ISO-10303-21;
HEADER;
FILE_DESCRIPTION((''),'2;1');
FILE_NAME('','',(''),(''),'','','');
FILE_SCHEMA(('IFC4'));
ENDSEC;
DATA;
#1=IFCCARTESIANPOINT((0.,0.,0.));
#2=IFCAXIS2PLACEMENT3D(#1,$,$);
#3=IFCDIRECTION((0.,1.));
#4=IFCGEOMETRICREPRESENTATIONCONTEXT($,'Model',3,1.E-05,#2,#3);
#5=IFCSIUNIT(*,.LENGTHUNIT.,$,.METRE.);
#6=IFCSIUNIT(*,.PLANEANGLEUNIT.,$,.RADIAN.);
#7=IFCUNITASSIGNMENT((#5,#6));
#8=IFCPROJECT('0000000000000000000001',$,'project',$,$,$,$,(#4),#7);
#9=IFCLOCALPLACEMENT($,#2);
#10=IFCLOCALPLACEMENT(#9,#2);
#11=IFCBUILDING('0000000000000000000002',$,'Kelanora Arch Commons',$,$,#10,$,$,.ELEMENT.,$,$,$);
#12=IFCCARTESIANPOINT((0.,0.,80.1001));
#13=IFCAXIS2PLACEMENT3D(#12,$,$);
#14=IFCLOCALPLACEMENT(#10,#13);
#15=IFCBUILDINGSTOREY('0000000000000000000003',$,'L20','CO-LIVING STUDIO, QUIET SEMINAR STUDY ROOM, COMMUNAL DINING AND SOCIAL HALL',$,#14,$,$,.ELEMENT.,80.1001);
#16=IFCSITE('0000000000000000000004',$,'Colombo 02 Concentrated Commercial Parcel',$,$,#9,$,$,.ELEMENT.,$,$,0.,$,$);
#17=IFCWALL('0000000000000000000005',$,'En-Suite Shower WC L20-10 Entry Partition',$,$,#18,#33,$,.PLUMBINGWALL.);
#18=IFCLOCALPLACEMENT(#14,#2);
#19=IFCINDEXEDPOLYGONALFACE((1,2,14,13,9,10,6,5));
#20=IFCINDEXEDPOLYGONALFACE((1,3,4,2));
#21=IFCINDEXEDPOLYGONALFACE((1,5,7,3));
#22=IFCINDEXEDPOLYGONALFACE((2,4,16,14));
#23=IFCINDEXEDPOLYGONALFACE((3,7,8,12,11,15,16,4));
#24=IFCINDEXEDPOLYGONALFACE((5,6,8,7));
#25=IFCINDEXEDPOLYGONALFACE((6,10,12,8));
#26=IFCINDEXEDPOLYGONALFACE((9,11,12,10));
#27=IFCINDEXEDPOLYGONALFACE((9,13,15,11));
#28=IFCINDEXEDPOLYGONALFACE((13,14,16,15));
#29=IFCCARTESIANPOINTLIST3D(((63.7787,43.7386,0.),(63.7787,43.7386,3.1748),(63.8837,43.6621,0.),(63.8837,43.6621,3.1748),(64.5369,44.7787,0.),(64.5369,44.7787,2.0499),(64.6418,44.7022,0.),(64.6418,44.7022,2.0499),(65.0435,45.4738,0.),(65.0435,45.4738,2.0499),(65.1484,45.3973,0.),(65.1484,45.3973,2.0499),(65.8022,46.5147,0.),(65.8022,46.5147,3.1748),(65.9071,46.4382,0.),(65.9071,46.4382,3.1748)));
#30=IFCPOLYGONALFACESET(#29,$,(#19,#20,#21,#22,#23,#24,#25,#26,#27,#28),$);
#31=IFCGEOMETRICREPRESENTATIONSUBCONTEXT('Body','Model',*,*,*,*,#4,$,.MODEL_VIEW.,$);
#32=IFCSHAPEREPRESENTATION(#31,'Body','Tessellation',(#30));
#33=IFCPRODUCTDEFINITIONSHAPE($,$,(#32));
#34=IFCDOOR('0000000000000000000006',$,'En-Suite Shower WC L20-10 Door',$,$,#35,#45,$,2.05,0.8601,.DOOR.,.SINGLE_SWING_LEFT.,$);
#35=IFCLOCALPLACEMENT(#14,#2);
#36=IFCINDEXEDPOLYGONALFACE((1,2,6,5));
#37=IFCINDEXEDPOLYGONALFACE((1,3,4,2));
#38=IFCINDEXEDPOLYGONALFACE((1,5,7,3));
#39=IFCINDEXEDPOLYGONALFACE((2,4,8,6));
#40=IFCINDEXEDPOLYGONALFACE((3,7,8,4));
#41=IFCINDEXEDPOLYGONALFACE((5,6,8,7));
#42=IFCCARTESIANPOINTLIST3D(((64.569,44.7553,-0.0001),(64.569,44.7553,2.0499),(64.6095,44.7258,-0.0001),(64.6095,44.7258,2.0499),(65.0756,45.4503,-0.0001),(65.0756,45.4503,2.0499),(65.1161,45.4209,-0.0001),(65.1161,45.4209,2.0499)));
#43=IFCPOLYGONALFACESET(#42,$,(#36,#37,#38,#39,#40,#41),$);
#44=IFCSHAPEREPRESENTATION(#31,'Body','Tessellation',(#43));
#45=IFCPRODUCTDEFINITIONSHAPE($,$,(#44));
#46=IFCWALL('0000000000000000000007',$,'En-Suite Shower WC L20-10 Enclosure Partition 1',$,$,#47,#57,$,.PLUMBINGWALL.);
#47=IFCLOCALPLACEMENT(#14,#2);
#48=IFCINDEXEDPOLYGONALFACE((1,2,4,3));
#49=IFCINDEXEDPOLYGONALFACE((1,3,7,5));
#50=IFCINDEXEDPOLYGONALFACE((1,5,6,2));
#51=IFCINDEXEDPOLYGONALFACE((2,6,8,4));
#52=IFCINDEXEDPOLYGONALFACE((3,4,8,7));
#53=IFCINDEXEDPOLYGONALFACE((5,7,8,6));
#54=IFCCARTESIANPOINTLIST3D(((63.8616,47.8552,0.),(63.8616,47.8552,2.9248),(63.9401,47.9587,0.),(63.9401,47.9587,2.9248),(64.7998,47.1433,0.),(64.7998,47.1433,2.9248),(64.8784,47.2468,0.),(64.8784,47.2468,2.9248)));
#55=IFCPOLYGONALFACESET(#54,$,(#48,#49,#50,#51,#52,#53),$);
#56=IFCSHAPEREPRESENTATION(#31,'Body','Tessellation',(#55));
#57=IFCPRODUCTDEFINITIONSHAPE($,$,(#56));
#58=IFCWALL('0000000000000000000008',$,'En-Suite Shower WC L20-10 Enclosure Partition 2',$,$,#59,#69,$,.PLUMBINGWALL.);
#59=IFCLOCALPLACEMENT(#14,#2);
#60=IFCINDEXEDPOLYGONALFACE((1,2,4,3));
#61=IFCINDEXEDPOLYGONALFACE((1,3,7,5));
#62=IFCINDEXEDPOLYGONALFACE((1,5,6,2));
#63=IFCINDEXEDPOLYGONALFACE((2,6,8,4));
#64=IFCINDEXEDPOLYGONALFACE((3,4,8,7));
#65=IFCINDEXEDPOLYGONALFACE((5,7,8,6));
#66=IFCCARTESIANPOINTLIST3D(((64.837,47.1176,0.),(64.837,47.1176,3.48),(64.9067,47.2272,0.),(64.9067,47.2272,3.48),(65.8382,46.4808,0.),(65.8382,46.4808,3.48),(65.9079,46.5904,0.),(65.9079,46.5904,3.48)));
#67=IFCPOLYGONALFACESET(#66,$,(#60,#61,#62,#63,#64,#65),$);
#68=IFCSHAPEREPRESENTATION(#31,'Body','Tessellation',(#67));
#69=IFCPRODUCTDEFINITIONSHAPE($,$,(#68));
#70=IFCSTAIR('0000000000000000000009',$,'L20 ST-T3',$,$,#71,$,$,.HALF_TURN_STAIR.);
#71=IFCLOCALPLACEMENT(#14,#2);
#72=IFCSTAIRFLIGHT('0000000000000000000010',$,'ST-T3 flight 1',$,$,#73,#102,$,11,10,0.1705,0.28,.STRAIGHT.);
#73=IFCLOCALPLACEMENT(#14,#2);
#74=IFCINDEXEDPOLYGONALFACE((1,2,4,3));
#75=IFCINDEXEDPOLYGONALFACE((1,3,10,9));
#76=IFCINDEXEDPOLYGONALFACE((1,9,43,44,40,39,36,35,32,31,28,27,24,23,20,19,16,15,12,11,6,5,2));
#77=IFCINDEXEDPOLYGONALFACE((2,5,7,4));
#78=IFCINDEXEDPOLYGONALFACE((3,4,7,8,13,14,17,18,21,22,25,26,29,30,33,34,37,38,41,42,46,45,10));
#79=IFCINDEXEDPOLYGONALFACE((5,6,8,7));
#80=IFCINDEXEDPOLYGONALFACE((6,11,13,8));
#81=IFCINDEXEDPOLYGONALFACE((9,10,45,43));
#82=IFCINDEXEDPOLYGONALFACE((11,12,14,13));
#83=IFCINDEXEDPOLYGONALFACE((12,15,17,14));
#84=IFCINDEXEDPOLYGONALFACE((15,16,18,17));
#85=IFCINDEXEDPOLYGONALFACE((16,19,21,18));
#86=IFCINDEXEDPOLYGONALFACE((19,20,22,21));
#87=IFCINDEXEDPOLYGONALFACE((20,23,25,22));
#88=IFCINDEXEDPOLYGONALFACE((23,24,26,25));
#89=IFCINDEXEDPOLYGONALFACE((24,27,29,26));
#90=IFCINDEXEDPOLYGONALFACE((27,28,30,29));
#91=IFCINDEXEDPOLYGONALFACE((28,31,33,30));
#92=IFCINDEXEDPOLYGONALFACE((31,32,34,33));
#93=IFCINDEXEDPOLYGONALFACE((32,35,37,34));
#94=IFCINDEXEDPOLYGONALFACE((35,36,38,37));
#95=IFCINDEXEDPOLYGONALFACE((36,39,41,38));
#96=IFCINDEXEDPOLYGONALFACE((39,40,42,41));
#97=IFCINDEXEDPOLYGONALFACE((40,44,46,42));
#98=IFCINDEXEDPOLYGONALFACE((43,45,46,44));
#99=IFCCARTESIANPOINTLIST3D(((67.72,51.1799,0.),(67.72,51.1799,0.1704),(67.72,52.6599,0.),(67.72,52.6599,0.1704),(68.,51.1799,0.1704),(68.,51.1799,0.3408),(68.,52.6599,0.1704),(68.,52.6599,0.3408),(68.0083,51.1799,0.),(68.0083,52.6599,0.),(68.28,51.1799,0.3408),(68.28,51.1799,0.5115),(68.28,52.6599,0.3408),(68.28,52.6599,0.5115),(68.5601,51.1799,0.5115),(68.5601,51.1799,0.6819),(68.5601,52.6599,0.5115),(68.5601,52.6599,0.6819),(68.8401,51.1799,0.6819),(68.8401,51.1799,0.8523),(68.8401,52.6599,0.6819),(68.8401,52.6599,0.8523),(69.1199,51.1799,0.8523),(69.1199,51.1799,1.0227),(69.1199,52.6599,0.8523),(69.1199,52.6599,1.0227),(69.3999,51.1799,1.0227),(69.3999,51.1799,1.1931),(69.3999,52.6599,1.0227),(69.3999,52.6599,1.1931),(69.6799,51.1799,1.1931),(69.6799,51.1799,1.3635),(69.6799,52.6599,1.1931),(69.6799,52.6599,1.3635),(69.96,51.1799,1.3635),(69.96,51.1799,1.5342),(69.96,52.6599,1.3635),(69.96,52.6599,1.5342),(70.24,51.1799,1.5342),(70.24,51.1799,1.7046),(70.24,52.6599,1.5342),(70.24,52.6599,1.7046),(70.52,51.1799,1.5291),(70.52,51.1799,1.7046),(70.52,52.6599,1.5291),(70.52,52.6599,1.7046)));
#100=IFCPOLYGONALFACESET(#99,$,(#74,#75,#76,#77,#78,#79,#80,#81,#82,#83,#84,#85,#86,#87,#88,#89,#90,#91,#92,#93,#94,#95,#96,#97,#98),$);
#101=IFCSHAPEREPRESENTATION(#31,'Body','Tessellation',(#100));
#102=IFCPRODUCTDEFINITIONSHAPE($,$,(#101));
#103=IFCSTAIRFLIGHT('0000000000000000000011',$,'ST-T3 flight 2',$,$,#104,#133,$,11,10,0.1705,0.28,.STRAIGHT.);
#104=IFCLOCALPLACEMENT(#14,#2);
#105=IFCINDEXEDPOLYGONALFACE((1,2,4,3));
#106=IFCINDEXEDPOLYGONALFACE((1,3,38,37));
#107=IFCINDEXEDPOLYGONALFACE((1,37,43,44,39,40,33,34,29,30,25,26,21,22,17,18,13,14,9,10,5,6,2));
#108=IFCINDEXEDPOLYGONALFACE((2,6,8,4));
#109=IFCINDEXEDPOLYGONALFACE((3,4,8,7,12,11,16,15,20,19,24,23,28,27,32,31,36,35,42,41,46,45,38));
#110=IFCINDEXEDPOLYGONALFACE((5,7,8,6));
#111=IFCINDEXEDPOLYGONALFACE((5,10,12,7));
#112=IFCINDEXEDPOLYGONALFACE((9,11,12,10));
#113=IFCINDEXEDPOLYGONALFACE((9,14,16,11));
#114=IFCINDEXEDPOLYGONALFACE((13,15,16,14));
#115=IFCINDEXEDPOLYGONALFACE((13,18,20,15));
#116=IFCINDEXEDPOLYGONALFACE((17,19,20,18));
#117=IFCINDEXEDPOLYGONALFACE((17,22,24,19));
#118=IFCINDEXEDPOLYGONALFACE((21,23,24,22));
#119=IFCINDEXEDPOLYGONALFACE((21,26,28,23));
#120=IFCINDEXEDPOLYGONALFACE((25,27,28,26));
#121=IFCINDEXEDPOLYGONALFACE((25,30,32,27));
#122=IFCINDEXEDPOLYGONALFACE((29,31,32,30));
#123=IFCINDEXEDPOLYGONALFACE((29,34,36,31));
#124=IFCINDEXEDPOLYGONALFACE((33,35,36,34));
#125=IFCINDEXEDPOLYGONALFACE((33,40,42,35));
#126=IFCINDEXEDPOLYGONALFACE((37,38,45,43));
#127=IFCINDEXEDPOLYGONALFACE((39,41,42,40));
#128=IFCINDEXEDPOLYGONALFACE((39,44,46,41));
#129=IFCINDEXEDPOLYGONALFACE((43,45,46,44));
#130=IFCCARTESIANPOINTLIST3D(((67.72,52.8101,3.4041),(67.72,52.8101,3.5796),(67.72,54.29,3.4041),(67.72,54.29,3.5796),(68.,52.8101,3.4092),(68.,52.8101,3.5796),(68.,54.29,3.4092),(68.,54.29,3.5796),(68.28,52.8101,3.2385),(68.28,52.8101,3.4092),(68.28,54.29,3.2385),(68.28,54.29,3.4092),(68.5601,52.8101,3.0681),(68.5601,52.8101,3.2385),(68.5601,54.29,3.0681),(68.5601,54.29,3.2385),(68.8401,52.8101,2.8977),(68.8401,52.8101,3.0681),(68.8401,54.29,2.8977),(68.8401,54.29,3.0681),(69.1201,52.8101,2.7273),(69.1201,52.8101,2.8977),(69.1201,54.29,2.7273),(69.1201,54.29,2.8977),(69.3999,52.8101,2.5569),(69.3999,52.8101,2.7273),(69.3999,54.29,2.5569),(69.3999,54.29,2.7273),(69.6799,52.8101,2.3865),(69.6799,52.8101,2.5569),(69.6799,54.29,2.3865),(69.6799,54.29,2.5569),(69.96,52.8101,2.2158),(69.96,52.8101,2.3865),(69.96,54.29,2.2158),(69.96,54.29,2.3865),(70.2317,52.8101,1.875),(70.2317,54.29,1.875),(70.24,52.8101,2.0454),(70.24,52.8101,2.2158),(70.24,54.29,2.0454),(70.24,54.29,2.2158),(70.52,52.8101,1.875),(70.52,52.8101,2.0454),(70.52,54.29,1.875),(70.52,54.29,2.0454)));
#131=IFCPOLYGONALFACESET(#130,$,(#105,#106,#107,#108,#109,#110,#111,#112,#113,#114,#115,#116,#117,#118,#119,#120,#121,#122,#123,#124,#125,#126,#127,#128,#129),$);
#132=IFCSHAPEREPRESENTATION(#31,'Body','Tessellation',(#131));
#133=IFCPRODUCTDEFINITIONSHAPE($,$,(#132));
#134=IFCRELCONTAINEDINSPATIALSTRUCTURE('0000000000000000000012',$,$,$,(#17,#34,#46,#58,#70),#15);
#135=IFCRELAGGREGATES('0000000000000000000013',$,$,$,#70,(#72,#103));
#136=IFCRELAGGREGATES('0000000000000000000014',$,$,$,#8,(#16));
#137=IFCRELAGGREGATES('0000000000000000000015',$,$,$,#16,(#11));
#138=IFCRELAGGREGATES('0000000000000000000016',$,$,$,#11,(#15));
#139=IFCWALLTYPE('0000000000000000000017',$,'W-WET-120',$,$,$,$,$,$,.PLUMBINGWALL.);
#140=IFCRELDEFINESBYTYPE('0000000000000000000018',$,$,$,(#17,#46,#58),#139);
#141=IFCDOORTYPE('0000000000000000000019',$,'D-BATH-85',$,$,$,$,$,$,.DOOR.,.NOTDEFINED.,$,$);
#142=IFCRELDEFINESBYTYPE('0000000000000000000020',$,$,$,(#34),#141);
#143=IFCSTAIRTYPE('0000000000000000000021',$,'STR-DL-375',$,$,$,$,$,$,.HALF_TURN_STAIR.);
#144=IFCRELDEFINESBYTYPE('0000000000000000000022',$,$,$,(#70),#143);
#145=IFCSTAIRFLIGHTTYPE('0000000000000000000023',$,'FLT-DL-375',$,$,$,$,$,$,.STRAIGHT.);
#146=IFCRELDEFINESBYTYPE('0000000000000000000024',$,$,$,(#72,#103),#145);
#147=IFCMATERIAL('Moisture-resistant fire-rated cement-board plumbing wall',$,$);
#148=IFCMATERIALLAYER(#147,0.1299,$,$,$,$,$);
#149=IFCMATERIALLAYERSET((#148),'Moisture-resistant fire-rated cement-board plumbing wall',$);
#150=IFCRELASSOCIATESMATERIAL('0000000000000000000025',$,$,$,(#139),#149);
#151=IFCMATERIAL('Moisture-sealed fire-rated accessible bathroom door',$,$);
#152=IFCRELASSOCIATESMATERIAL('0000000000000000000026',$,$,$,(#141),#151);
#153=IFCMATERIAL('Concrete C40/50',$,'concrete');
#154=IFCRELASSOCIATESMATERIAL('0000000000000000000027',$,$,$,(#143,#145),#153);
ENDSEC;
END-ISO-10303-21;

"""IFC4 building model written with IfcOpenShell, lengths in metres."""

from ifc_helpers import new_model, si_unit, direction, frame, frame_2d, origin, place, context, subcontext, project, spatial, polyline, rectangle, outline, extrude, material, layer, layer_set, type_object, element, fill, aggregate, save


model = new_model("IFC4")

# Units and contexts
model_context = context("Model", 3, precision=1e-05, world=origin(), true_north=direction((0.0, 1.0)))
body_context = subcontext(model_context, "Body", "Model", "MODEL_VIEW")
ifc_project = project(units=[si_unit("LENGTHUNIT", "METRE"), si_unit("PLANEANGLEUNIT", "RADIAN")], contexts=[model_context])

# Site, building, storey
site_placement = place(None, origin())
site = spatial("IfcSite", under=ifc_project, at=site_placement, Name="Colombo 02 Concentrated Commercial Parcel", CompositionType="ELEMENT", RefElevation=0.0)
building_placement = place(site_placement, origin())
building = spatial("IfcBuilding", under=site, at=building_placement, Name="Kelanora Arch Commons", CompositionType="ELEMENT")
storey_placement = place(building_placement, frame((0.0, 0.0, 80.1001)))
storey = spatial("IfcBuildingStorey", under=building, at=storey_placement, Name="L20", Description="CO-LIVING STUDIO, QUIET SEMINAR STUDY ROOM, COMMUNAL DINING AND SOCIAL HALL", CompositionType="ELEMENT", Elevation=80.1001)

# Shared definitions
ifc_material_1 = material(Name="Concrete C40/50", Category="concrete")

# Wall, opening, door
ifc_material_2 = material(Name="Moisture-resistant fire-rated cement-board plumbing wall")
ifc_layer_1 = layer(ifc_material_2, 0.1299)
ifc_layer_set_1 = layer_set([ifc_layer_1], Name="Moisture-resistant fire-rated cement-board plumbing wall")
wall_type_1 = type_object("IfcWallType", Name="W-WET-120", PredefinedType="PLUMBINGWALL", material=ifc_layer_set_1)
wall_1_placement = place(storey_placement, frame((65.8547, 46.4766, 0.0), z_axis=(0.0, 0.0, 1.0), x_axis=(-0.589017, -0.808121, 0.0)))
wall_1 = element("IfcWall", 1, at=wall_1_placement, inside=storey, type_object=wall_type_1, Name="En-Suite Shower WC L20-10 Entry Partition", PredefinedType="PLUMBINGWALL", context=body_context, shape_type="SweptSolid", body=[
    extrude(rectangle(XDim=3.4353, YDim=0.1299, at=frame_2d((1.7178, 0.0))), origin(), (0.0, 0.0, 1.0), 3.1748),
])
opening_1_placement = place(wall_1_placement, frame((1.2881, 0.0, 0.0)))
opening_1 = element("IfcOpeningElement", 2, at=opening_1_placement, cuts=wall_1, PredefinedType="OPENING", context=body_context, shape_type="SweptSolid", body=[
    extrude(rectangle(XDim=0.8601, YDim=2.05, at=frame_2d((0.4302, 1.0249))), frame((0.0, 0.075, 0.0), z_axis=(0.0, -1.0, 0.0), x_axis=(1.0, 0.0, 0.0)), (0.0, 0.0, 1.0), 0.1499),
])
ifc_material_3 = material(Name="Moisture-sealed fire-rated accessible bathroom door")
door_type_1 = type_object("IfcDoorType", Name="D-BATH-85", OperationType="NOTDEFINED", PredefinedType="DOOR", material=ifc_material_3)
door_1_placement = place(opening_1_placement, origin())
door_1 = element("IfcDoor", 3, at=door_1_placement, inside=storey, type_object=door_type_1, Name="En-Suite Shower WC L20-10 Door", OperationType="SINGLE_SWING_LEFT", OverallHeight=2.05, OverallWidth=0.8601, PredefinedType="DOOR", context=body_context, shape_type="SweptSolid", body=[
    extrude(rectangle(XDim=0.8601, YDim=2.05, at=frame_2d((0.4302, 1.0249))), frame((0.0, 0.0249, 0.0), z_axis=(0.0, -1.0, 0.0), x_axis=(1.0, 0.0, 0.0)), (0.0, 0.0, 1.0), 0.05),
])
fill(opening_1, door_1)

# Walls
wall_2_placement = place(storey_placement, frame((63.9009, 47.907, 0.0), z_axis=(0.0, 0.0, 1.0), x_axis=(0.796629, -0.604468, 0.0)))
element("IfcWall", 4, at=wall_2_placement, inside=storey, type_object=wall_type_1, Name="En-Suite Shower WC L20-10 Enclosure Partition 1", PredefinedType="PLUMBINGWALL", context=body_context, shape_type="SweptSolid", body=[
    extrude(rectangle(XDim=1.1777, YDim=0.1299, at=frame_2d((0.5889, 0.0))), origin(), (0.0, 0.0, 1.0), 2.9248),
])
wall_3_placement = place(storey_placement, frame((64.8718, 47.1724, 0.0), z_axis=(0.0, 0.0, 1.0), x_axis=(0.843822, -0.536623, 0.0)))
element("IfcWall", 5, at=wall_3_placement, inside=storey, type_object=wall_type_1, Name="En-Suite Shower WC L20-10 Enclosure Partition 2", PredefinedType="PLUMBINGWALL", context=body_context, shape_type="SweptSolid", body=[
    extrude(rectangle(XDim=1.1865, YDim=0.1299, at=frame_2d((0.5933, 0.0))), origin(), (0.0, 0.0, 1.0), 3.48),
])

# Stair, stair flights
stair_type = type_object("IfcStairType", Name="STR-DL-375", PredefinedType="HALF_TURN_STAIR", material=ifc_material_1)
stair_placement = place(storey_placement, origin())
stair = element("IfcStair", 6, at=stair_placement, inside=storey, type_object=stair_type, Name="L20 ST-T3", PredefinedType="HALF_TURN_STAIR")
stair_flight_type = type_object("IfcStairFlightType", Name="FLT-DL-375", PredefinedType="STRAIGHT", material=ifc_material_1)
stair_flight_1_placement = place(storey_placement, frame((67.72, 51.9199, 0.0), z_axis=(0.0, 0.0, 1.0), x_axis=(1.0, 0.0, 0.0)))
stair_flight_1 = element("IfcStairFlight", 7, at=stair_flight_1_placement, type_object=stair_flight_type, Name="ST-T3 flight 1", NumberOfRisers=11, NumberOfTreads=10, PredefinedType="STRAIGHT", RiserHeight=0.1705, TreadLength=0.28, context=body_context, shape_type="SweptSolid", body=[
    extrude(outline(polyline([(0.0, 0.0), (0.0, 0.1704), (0.28, 0.1704), (0.28, 0.3408), (0.5601, 0.3408), (0.5601, 0.5115), (0.8401, 0.5115), (0.8401, 0.6819), (1.1201, 0.6819), (1.1201, 0.8523), (1.3999, 0.8523), (1.3999, 1.0227), (1.6799, 1.0227), (1.6799, 1.1931), (1.96, 1.1931), (1.96, 1.3635), (2.24, 1.3635), (2.24, 1.5342), (2.52, 1.5342), (2.52, 1.7046), (2.8, 1.7046), (2.8, 1.875), (2.8, 1.5291), (0.2883, 0.0), (0.0, 0.0)])), frame((0.0, 0.74, 0.0), z_axis=(0.0, -1.0, 0.0), x_axis=(1.0, 0.0, 0.0)), (0.0, 0.0, 1.0), 1.48),
])
stair_flight_2_placement = place(storey_placement, frame((70.52, 53.55, 1.875), z_axis=(0.0, 0.0, 1.0), x_axis=(-1.0, 0.0, 0.0)))
stair_flight_2 = element("IfcStairFlight", 8, at=stair_flight_2_placement, type_object=stair_flight_type, Name="ST-T3 flight 2", NumberOfRisers=11, NumberOfTreads=10, PredefinedType="STRAIGHT", RiserHeight=0.1705, TreadLength=0.28, context=body_context, shape_type="SweptSolid", body=[
    extrude(outline(polyline([(0.0, 0.0), (0.0, 0.1704), (0.28, 0.1704), (0.28, 0.3408), (0.5601, 0.3408), (0.5601, 0.5115), (0.8401, 0.5115), (0.8401, 0.6819), (1.1201, 0.6819), (1.1201, 0.8523), (1.3999, 0.8523), (1.3999, 1.0227), (1.6799, 1.0227), (1.6799, 1.1931), (1.96, 1.1931), (1.96, 1.3635), (2.24, 1.3635), (2.24, 1.5342), (2.52, 1.5342), (2.52, 1.7046), (2.8, 1.7046), (2.8, 1.875), (2.8, 1.5291), (0.2883, 0.0), (0.0, 0.0)])), frame((0.0, 0.74, 0.0), z_axis=(0.0, -1.0, 0.0), x_axis=(1.0, 0.0, 0.0)), (0.0, 0.0, 1.0), 1.48),
])
aggregate(stair, [stair_flight_1, stair_flight_2])

save(model, "model.ifc")
